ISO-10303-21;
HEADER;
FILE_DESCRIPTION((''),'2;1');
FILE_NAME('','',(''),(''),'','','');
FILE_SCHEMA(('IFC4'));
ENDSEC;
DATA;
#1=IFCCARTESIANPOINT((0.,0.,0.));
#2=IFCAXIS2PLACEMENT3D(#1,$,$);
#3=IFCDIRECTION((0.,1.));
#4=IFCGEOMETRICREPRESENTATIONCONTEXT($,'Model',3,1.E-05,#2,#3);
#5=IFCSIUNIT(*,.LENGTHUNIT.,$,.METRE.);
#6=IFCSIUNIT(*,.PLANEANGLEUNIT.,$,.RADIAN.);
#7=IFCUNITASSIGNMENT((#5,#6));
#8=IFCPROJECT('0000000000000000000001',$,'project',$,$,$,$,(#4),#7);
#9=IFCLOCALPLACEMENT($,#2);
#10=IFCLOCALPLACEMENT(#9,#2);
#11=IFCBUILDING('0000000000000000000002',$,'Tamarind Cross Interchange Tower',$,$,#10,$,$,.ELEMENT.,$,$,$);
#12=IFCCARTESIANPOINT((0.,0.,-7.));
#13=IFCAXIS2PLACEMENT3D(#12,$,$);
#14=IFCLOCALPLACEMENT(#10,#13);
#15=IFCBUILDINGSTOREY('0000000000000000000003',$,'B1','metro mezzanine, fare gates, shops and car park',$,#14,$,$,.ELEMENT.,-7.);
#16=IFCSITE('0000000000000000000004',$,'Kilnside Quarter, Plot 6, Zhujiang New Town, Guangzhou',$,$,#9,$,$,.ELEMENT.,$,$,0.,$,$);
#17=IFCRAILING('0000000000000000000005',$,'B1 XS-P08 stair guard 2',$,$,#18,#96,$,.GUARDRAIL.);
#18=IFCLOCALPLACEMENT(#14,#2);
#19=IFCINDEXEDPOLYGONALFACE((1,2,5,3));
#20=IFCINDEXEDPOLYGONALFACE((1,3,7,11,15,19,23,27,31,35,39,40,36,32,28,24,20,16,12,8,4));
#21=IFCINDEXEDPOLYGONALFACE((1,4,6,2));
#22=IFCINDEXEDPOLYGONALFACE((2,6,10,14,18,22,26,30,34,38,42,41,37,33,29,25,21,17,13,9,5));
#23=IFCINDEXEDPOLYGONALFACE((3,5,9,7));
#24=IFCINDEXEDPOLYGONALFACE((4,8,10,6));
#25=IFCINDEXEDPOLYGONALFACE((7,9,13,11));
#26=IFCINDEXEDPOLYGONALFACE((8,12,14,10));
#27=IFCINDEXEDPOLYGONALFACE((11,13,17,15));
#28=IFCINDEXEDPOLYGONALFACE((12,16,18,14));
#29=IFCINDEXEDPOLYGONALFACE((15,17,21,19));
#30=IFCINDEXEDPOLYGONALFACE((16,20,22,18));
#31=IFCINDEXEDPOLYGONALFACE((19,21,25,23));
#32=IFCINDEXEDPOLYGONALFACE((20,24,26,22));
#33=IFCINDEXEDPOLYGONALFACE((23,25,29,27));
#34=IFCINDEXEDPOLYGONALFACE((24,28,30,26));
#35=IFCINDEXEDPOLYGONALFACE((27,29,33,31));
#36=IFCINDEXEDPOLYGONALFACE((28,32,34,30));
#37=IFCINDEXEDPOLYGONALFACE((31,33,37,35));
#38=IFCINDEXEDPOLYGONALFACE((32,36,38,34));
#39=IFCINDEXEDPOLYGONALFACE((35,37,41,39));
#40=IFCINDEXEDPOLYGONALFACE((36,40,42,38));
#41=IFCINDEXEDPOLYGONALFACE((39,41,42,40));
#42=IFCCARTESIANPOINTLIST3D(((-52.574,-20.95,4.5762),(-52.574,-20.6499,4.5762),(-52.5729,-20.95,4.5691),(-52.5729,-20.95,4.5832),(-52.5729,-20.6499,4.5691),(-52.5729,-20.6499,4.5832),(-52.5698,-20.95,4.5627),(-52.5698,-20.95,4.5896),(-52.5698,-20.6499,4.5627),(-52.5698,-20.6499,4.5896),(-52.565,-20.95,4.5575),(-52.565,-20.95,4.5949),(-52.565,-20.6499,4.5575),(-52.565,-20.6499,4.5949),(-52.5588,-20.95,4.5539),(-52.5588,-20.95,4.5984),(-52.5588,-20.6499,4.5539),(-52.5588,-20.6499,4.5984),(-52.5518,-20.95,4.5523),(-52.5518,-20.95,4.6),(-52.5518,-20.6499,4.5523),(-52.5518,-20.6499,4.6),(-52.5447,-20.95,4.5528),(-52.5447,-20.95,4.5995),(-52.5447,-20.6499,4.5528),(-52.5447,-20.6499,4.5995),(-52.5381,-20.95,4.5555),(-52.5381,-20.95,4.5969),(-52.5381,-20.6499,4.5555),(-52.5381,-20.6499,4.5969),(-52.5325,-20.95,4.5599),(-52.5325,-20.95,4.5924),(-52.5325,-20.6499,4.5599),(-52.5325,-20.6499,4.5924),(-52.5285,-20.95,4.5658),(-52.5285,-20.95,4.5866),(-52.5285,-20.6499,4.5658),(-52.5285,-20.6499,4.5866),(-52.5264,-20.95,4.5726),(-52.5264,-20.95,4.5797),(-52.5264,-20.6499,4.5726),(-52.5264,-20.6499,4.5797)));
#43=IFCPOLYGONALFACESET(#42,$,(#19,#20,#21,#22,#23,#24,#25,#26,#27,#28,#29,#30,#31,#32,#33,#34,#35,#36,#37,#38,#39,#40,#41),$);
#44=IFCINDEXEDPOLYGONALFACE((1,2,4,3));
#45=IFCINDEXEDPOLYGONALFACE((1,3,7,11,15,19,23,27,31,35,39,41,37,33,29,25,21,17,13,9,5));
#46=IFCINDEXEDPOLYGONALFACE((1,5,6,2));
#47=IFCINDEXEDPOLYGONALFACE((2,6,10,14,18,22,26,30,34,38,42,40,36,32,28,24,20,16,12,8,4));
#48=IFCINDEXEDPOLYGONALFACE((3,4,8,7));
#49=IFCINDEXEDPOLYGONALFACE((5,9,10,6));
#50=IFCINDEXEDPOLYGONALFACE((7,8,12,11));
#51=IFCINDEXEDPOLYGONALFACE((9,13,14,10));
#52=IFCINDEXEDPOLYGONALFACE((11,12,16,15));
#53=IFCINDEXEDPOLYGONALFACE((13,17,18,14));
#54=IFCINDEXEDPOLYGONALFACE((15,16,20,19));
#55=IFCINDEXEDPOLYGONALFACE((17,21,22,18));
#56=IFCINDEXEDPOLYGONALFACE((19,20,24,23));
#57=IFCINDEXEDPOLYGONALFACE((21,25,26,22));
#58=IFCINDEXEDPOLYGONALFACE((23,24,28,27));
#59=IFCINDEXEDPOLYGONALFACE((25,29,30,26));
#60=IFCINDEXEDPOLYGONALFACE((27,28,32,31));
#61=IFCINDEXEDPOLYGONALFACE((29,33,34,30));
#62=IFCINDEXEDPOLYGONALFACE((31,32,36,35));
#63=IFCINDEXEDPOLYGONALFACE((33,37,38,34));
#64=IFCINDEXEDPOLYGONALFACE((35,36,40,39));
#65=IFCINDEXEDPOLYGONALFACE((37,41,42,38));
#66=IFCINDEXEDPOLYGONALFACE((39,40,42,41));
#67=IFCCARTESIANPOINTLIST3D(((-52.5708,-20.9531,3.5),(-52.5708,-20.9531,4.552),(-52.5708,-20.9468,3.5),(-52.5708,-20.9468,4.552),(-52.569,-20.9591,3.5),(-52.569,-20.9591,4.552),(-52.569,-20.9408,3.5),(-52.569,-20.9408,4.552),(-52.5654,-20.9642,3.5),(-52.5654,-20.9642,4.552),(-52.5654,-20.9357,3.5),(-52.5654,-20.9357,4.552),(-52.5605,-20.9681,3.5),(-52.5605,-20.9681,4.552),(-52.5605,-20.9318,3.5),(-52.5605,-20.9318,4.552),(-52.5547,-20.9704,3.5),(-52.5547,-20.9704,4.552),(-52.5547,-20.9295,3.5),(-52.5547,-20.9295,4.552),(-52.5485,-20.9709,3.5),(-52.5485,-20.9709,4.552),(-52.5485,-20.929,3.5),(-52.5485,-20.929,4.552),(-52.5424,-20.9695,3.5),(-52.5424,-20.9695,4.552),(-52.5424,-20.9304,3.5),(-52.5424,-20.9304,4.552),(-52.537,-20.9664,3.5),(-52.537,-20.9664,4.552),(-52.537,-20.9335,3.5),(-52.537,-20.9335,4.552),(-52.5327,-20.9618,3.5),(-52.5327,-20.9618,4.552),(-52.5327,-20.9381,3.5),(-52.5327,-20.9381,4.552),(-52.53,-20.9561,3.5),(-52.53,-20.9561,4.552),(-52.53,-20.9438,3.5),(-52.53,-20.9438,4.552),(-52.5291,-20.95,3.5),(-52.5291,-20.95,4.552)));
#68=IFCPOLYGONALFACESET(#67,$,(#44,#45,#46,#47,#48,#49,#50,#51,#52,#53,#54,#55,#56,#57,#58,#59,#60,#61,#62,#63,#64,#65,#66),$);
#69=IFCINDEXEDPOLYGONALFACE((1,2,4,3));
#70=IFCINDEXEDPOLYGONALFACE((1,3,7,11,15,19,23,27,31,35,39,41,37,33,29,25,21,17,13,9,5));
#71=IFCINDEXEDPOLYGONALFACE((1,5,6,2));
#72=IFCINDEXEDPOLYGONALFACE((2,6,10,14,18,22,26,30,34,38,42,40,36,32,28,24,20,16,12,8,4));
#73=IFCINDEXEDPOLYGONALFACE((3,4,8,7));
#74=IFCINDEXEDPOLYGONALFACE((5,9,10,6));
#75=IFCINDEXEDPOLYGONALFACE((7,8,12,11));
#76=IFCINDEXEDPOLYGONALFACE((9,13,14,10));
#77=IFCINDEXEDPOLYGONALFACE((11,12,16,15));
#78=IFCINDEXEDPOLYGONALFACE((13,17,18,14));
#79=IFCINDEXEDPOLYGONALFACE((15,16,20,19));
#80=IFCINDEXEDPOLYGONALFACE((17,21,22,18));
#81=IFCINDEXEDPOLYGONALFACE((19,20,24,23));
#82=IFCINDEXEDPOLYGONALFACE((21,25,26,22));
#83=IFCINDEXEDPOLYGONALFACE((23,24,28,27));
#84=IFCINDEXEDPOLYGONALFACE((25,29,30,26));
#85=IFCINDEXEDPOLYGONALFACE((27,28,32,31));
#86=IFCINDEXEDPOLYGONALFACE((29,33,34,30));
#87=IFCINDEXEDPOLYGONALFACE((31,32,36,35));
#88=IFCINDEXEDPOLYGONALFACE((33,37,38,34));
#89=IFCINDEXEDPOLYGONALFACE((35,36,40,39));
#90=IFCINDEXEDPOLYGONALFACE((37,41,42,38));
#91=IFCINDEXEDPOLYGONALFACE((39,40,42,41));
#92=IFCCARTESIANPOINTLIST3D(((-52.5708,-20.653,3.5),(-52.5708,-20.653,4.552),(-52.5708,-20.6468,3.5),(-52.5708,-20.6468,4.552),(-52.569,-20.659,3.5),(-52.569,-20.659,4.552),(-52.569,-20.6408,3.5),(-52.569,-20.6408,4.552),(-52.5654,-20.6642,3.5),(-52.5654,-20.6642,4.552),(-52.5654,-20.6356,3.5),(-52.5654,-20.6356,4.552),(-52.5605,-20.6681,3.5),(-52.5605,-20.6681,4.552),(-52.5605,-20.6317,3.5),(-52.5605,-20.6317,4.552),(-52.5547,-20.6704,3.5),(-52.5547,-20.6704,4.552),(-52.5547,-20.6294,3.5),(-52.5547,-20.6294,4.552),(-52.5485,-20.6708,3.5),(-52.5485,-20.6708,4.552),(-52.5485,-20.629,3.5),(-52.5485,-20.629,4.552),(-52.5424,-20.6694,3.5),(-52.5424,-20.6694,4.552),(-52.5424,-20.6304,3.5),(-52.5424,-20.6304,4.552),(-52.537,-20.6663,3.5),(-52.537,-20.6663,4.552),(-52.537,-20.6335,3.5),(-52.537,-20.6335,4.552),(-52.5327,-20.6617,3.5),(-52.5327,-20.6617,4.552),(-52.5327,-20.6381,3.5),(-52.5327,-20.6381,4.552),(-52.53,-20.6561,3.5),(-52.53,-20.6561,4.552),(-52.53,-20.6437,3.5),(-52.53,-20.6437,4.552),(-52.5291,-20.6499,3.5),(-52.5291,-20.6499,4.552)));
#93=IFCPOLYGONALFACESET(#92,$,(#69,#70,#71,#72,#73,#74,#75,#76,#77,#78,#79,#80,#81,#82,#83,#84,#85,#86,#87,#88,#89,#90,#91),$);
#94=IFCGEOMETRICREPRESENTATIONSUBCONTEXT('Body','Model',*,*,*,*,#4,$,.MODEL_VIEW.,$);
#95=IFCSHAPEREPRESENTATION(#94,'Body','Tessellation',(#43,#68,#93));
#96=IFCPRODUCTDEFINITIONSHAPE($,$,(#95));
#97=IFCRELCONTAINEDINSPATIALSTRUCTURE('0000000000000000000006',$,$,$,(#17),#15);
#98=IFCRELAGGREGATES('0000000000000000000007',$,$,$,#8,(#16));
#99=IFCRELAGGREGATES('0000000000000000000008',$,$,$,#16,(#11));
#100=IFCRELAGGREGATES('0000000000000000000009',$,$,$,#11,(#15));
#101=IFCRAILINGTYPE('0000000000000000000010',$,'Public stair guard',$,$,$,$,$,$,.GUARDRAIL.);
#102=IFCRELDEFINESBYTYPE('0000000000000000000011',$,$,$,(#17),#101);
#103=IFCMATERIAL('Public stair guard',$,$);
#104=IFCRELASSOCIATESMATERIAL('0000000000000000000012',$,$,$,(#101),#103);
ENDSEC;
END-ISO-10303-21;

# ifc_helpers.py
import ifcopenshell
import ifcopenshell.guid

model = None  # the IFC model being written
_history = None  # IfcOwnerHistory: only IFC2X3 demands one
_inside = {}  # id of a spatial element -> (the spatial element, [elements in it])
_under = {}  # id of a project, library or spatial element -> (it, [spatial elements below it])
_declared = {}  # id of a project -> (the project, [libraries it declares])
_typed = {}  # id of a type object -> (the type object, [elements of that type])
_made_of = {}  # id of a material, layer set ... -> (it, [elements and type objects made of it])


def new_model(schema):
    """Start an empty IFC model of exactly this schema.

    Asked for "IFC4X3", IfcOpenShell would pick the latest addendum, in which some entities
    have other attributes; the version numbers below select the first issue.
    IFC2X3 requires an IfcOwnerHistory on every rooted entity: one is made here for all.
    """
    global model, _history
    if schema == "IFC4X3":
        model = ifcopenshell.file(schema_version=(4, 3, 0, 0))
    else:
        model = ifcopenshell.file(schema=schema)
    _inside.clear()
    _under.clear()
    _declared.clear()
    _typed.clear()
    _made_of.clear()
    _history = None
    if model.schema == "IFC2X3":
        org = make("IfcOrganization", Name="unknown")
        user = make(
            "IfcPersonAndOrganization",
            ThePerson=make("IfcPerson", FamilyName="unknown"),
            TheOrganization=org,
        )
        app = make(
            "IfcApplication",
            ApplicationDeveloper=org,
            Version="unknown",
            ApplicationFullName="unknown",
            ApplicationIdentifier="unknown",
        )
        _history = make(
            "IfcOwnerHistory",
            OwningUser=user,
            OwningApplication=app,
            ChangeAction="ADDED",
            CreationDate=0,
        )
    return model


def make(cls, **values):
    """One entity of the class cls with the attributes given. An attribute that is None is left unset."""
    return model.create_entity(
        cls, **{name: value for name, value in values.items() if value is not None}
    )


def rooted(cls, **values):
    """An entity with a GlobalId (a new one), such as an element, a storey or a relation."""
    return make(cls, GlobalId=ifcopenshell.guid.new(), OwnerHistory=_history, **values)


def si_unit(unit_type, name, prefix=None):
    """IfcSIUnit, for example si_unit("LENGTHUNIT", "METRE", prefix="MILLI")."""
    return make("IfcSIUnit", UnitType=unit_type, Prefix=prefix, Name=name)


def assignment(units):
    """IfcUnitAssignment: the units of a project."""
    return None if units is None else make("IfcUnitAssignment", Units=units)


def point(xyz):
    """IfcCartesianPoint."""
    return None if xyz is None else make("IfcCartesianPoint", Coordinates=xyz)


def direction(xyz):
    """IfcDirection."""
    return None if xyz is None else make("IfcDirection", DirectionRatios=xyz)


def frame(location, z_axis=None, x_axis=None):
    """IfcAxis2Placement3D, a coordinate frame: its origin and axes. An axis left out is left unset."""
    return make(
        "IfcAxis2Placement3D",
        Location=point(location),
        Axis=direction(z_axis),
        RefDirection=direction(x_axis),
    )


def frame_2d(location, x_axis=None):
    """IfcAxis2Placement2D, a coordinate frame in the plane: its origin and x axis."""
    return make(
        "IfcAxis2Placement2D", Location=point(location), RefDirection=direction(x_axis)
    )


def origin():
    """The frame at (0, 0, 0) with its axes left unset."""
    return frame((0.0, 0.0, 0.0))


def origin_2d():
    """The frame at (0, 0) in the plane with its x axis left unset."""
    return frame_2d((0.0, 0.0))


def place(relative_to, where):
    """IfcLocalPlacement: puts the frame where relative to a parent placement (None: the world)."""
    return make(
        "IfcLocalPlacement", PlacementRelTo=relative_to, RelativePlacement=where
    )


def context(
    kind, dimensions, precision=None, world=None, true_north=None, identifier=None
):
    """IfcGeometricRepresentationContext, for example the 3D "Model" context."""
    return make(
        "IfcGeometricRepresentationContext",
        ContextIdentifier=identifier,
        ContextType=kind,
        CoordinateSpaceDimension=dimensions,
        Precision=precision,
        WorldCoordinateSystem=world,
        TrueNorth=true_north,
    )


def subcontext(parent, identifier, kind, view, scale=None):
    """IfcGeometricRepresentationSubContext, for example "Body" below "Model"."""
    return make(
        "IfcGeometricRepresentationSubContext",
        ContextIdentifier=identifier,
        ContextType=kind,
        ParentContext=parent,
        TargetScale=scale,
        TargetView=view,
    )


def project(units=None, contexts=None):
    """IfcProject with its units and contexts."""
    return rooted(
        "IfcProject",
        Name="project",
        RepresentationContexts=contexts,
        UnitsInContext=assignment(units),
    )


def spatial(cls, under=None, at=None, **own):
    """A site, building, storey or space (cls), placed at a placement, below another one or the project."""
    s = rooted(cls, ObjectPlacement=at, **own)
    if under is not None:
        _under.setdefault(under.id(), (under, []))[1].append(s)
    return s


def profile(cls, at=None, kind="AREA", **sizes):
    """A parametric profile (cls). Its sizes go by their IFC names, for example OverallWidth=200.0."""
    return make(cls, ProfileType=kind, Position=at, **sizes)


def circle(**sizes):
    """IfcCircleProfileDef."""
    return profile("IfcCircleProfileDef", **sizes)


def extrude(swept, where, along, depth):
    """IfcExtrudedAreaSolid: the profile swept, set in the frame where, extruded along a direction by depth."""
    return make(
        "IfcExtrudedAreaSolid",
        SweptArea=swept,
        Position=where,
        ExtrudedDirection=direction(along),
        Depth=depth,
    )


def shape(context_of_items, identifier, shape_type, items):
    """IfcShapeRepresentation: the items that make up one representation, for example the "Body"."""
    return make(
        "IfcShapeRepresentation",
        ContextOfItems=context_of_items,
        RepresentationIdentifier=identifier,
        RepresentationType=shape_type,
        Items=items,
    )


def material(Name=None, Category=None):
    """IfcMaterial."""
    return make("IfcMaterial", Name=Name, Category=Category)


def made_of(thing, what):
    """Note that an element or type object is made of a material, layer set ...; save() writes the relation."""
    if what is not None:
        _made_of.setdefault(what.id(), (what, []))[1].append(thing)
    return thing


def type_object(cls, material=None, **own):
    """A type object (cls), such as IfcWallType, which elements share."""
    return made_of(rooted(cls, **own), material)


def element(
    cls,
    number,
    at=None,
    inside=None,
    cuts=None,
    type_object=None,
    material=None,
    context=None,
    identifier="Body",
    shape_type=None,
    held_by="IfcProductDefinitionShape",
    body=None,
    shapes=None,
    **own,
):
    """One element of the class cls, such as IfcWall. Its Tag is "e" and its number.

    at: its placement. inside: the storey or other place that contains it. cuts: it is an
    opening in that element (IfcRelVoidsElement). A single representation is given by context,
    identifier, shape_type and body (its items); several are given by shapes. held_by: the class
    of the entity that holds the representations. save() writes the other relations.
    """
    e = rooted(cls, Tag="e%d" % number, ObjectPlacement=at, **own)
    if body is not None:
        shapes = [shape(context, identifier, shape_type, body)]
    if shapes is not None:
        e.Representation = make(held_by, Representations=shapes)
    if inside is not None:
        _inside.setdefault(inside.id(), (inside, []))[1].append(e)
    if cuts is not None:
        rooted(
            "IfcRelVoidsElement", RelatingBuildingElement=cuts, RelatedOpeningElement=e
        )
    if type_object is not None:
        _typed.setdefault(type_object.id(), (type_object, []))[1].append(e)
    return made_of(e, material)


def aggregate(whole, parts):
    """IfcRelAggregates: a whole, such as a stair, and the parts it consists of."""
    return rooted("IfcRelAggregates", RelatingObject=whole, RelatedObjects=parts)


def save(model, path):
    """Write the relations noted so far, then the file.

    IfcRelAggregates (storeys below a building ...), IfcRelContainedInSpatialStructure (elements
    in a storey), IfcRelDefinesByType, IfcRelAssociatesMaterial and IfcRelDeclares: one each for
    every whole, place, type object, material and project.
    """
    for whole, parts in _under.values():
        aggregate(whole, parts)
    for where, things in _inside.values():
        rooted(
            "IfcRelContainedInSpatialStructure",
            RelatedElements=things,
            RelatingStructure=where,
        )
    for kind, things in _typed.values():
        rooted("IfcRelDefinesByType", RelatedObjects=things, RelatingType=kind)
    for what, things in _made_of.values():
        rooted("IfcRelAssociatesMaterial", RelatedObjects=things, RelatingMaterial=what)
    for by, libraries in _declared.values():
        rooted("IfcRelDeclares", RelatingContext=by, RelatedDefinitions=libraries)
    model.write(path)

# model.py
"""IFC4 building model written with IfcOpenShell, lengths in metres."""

from ifc_helpers import new_model, si_unit, direction, frame, origin, origin_2d, place, context, subcontext, project, spatial, circle, extrude, material, type_object, element, save


model = new_model("IFC4")

# Units and contexts
model_context = context("Model", 3, precision=1e-05, world=origin(), true_north=direction((0.0, 1.0)))
body_context = subcontext(model_context, "Body", "Model", "MODEL_VIEW")
ifc_project = project(units=[si_unit("LENGTHUNIT", "METRE"), si_unit("PLANEANGLEUNIT", "RADIAN")], contexts=[model_context])

# Site, building, storey
site_placement = place(None, origin())
site = spatial("IfcSite", under=ifc_project, at=site_placement, Name="Kilnside Quarter, Plot 6, Zhujiang New Town, Guangzhou", CompositionType="ELEMENT", RefElevation=0.0)
building_placement = place(site_placement, origin())
building = spatial("IfcBuilding", under=site, at=building_placement, Name="Tamarind Cross Interchange Tower", CompositionType="ELEMENT")
storey_placement = place(building_placement, frame((0.0, 0.0, -7.0)))
storey = spatial("IfcBuildingStorey", under=building, at=storey_placement, Name="B1", Description="metro mezzanine, fare gates, shops and car park", CompositionType="ELEMENT", Elevation=-7.0)

# Railing
ifc_material_1 = material(Name="Public stair guard")
railing_type_1 = type_object("IfcRailingType", Name="Public stair guard", PredefinedType="GUARDRAIL", material=ifc_material_1)
railing_1_placement = place(storey_placement, frame((-52.55, -20.95, 3.5)))
element("IfcRailing", 1, at=railing_1_placement, inside=storey, type_object=railing_type_1, Name="B1 XS-P08 stair guard 2", PredefinedType="GUARDRAIL", context=body_context, shape_type="SweptSolid", body=[
    extrude(circle(Radius=0.0239, at=origin_2d()), frame((0.0, 0.0, 1.0762), z_axis=(0.0, 1.0, 0.0), x_axis=(-1.0, 0.0, 0.0)), (0.0, 0.0, 1.0), 0.3),
    extrude(circle(Radius=0.021, at=origin_2d()), origin(), (0.0, 0.0, 1.0), 1.052),
    extrude(circle(Radius=0.021, at=origin_2d()), frame((0.0, 0.3, 0.0)), (0.0, 0.0, 1.0), 1.052),
])

save(model, "model.ifc")
